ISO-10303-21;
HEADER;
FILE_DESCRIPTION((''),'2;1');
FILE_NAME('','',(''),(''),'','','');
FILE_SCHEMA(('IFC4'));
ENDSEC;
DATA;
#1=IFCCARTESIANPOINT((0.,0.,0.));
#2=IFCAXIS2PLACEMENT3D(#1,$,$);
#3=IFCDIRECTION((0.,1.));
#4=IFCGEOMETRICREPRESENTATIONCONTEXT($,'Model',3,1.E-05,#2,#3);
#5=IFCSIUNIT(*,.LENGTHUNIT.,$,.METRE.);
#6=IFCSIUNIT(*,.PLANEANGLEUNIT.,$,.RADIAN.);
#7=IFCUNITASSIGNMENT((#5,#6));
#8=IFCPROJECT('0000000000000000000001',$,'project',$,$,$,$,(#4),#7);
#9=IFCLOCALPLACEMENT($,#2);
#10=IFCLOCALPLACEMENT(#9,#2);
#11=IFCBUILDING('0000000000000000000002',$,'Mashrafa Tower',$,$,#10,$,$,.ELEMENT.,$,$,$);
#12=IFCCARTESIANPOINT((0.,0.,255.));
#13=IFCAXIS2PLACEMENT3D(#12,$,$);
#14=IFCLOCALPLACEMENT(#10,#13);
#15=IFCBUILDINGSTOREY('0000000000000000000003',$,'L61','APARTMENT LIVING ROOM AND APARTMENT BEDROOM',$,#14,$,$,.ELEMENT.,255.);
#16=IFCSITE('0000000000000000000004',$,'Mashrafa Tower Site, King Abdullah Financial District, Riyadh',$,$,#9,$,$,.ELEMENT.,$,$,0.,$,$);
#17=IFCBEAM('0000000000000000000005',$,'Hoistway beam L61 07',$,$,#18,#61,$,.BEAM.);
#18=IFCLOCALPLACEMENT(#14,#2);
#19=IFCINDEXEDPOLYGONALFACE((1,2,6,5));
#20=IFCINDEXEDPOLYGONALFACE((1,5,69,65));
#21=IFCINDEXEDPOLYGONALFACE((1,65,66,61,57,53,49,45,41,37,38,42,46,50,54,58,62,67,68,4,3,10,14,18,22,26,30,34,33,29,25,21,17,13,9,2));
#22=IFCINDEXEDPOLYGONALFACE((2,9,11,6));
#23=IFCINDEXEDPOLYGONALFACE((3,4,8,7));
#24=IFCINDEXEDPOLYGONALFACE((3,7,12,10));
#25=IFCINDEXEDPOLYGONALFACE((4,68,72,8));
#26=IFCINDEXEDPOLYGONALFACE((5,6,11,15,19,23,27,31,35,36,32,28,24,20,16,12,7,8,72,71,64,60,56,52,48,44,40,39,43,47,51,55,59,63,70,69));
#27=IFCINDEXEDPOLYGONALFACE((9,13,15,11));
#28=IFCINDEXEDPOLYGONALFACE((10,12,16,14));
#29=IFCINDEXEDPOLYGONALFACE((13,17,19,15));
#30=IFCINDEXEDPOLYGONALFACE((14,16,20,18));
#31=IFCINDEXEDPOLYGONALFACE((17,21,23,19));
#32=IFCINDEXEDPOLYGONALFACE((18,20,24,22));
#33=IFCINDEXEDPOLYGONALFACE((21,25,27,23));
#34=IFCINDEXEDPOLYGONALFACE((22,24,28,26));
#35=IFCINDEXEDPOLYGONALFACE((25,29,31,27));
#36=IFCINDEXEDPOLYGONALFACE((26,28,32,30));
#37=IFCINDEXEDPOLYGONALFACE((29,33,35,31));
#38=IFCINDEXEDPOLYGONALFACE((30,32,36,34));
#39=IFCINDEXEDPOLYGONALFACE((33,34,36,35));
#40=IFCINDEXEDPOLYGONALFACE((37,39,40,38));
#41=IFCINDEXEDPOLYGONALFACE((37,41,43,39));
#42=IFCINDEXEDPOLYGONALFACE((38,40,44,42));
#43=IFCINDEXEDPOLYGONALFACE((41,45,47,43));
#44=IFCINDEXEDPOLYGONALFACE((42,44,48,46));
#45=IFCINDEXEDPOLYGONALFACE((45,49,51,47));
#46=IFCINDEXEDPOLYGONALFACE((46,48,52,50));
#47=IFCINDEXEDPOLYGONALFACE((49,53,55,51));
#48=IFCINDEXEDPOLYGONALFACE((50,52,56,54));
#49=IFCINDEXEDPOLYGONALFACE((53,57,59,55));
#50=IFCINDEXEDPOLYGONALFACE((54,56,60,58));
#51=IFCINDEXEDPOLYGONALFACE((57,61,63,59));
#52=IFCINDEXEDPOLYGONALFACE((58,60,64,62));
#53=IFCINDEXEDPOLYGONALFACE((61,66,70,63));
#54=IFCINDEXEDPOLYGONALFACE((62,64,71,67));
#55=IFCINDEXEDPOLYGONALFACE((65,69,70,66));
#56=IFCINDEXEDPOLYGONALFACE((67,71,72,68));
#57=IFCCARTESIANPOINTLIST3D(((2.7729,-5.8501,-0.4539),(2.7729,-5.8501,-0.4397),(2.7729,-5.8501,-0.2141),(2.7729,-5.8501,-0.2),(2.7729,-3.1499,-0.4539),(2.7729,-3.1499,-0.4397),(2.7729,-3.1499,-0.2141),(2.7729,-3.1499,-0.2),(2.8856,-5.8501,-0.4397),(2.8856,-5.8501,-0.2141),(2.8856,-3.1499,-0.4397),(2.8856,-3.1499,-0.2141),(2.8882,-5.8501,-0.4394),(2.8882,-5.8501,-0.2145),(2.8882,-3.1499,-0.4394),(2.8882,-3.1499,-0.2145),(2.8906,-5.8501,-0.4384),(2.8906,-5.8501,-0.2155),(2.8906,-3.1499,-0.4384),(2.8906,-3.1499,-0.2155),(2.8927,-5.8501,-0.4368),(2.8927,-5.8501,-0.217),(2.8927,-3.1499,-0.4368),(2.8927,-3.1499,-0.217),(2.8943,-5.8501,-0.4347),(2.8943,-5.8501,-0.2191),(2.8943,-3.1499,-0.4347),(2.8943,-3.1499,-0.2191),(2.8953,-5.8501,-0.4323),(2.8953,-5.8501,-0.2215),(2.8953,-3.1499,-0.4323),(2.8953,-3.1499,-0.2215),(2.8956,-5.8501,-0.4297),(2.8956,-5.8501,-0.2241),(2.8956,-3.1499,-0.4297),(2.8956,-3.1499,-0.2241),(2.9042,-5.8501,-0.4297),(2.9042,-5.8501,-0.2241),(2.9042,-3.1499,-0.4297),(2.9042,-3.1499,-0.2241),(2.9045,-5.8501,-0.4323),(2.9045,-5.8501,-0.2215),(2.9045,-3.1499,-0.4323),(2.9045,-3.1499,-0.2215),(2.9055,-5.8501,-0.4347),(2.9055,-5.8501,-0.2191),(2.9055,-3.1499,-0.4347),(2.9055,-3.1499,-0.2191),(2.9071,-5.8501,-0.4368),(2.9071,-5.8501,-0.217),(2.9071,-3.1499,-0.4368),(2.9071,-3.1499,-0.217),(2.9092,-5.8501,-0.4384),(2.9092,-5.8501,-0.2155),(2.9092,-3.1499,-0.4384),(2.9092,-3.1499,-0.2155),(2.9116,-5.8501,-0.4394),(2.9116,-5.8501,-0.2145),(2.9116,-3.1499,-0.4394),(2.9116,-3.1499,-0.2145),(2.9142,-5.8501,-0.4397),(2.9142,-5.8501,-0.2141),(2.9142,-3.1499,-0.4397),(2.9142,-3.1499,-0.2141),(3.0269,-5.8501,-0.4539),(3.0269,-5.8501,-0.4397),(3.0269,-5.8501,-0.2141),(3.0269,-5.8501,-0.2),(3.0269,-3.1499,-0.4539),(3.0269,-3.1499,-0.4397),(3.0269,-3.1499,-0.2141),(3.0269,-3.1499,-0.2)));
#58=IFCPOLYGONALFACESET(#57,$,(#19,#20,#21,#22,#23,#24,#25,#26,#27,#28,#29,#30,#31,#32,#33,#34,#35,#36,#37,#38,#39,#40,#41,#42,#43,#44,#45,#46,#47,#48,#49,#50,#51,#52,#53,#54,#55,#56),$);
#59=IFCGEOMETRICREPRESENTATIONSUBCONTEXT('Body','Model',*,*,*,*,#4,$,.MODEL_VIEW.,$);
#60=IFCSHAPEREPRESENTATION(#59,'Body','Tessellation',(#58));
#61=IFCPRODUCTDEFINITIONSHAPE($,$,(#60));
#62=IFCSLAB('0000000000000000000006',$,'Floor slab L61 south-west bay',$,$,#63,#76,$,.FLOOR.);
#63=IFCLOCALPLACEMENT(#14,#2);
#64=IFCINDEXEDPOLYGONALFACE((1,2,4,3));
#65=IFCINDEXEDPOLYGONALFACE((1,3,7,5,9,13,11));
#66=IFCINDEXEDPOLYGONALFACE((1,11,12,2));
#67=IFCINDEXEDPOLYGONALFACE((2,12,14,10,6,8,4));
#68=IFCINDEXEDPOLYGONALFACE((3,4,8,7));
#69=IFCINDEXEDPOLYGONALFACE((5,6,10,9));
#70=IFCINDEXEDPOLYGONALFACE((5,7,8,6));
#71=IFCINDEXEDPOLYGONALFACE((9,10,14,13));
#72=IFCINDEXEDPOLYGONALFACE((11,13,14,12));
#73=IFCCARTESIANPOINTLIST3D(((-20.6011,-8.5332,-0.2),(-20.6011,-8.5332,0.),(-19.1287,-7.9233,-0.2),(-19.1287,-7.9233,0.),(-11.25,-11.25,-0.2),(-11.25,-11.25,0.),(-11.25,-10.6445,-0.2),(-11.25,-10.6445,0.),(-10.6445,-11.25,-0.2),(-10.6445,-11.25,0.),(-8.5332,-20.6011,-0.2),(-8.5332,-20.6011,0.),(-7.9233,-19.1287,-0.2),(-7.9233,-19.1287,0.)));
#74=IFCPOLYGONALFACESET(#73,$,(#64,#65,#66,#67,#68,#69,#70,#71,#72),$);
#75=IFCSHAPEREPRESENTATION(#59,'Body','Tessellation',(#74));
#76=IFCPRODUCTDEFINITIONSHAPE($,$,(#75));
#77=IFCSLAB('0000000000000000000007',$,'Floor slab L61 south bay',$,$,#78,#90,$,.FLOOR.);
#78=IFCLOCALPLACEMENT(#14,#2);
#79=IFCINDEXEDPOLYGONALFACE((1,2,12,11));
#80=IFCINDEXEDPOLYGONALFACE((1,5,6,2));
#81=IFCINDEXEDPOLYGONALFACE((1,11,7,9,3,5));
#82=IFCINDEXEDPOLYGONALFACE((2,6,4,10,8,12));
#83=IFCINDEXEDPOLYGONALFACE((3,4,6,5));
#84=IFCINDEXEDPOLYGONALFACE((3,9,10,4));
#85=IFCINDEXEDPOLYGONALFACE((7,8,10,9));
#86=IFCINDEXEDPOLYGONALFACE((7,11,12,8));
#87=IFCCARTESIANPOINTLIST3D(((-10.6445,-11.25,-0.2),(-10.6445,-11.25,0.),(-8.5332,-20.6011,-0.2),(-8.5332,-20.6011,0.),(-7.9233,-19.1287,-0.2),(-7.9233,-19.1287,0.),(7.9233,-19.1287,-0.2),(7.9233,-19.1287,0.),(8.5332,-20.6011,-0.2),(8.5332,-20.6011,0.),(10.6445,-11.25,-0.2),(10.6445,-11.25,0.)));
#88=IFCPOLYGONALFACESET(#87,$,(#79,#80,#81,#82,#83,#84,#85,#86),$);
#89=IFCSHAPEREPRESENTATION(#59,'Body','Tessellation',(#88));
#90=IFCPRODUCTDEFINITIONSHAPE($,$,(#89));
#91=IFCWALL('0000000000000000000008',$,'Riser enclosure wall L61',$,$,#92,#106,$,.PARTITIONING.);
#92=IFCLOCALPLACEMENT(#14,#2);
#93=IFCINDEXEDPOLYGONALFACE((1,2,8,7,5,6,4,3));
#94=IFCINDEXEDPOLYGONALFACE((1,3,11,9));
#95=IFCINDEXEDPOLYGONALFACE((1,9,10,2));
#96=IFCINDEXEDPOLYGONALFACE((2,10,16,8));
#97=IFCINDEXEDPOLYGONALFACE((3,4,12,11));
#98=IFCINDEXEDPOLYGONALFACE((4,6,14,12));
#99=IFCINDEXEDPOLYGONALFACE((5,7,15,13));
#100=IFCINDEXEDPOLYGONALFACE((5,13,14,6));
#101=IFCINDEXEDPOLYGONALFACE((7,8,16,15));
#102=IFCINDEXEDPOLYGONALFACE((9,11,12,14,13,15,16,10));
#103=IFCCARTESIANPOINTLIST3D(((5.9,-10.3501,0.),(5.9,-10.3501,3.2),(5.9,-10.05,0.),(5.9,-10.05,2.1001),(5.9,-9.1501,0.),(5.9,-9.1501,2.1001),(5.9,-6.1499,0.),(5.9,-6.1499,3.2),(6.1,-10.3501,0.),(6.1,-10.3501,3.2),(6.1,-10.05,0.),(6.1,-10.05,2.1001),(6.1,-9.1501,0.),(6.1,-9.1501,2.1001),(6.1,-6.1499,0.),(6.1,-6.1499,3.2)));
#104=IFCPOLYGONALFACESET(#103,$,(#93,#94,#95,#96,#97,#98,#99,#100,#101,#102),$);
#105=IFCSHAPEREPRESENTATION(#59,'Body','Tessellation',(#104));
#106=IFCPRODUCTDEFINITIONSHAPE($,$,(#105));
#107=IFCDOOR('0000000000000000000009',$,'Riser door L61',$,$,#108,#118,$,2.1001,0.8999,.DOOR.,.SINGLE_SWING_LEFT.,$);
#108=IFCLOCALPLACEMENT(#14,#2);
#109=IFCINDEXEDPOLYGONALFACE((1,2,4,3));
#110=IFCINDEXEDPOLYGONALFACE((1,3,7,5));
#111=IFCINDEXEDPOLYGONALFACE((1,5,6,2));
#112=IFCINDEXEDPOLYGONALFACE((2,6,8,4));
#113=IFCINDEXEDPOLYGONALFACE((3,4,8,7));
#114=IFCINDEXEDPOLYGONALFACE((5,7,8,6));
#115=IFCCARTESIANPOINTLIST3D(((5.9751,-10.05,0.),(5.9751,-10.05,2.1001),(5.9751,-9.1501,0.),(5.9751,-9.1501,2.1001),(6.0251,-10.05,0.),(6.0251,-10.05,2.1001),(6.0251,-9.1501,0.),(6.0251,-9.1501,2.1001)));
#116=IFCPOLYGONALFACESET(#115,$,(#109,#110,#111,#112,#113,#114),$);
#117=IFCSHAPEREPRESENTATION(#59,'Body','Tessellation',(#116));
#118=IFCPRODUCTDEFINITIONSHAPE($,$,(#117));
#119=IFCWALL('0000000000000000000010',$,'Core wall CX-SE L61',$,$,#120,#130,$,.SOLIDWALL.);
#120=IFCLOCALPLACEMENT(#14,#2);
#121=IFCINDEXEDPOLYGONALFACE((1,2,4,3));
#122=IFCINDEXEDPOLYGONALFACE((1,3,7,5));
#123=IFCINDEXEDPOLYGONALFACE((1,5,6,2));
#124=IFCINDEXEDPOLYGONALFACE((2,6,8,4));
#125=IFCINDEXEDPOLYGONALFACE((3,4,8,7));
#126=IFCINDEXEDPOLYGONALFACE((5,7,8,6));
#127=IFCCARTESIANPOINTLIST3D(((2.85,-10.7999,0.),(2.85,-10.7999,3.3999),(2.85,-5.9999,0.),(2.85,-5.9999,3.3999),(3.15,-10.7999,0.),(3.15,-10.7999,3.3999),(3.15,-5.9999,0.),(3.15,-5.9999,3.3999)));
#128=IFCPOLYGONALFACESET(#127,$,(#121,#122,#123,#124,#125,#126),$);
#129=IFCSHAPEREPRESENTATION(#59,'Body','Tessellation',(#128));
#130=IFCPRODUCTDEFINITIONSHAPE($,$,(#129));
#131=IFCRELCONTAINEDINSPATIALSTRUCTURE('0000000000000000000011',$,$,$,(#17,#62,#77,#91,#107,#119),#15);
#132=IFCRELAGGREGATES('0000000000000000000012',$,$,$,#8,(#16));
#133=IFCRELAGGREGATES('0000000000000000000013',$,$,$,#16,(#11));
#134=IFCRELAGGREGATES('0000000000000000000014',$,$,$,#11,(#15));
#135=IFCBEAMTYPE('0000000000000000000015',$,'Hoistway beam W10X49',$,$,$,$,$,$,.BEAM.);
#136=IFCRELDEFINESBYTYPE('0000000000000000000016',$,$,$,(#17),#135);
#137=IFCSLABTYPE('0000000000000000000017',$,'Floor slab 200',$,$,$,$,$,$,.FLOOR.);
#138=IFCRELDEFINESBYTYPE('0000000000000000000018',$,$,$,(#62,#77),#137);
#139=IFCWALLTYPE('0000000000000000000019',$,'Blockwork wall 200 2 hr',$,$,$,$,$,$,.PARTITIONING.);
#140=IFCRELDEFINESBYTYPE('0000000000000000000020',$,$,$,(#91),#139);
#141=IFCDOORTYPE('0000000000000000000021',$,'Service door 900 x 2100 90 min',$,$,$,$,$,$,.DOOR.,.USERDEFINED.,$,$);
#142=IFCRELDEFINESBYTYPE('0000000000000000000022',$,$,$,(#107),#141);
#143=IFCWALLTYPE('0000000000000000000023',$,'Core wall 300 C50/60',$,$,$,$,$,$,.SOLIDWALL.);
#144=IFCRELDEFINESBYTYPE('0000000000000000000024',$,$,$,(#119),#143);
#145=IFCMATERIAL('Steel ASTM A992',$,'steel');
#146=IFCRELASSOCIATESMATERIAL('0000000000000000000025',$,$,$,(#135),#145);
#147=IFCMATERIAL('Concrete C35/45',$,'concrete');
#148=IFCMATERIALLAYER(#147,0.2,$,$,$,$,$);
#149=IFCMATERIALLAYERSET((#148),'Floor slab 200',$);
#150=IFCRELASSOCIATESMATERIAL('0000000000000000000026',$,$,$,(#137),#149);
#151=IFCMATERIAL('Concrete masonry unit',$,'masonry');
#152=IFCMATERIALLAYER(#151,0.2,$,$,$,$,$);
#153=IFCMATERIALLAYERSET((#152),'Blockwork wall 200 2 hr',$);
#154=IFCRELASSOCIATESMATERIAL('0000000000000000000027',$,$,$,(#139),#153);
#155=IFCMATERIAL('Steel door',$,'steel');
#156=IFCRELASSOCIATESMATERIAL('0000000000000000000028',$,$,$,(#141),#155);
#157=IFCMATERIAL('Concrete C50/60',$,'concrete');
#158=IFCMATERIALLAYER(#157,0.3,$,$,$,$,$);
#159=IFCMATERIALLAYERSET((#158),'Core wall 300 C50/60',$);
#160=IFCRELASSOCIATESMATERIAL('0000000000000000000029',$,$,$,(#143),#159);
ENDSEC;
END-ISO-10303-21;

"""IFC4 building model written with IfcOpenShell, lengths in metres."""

from ifc_helpers import new_model, si_unit, direction, frame, frame_2d, origin, origin_2d, place, context, subcontext, project, spatial, polyline, rectangle, i_section, outline, extrude, material, layer, layer_set, material_profile, profile_set, type_object, element, fill, save


model = new_model("IFC4")

# Units and contexts
model_context = context("Model", 3, precision=1e-05, world=origin(), true_north=direction((0.0, 1.0)))
body_context = subcontext(model_context, "Body", "Model", "MODEL_VIEW")
ifc_project = project(units=[si_unit("LENGTHUNIT", "METRE"), si_unit("PLANEANGLEUNIT", "RADIAN")], contexts=[model_context])

# Site, building, storey
site_placement = place(None, origin())
site = spatial("IfcSite", under=ifc_project, at=site_placement, Name="Mashrafa Tower Site, King Abdullah Financial District, Riyadh", CompositionType="ELEMENT", RefElevation=0.0)
building_placement = place(site_placement, origin())
building = spatial("IfcBuilding", under=site, at=building_placement, Name="Mashrafa Tower", CompositionType="ELEMENT")
storey_placement = place(building_placement, frame((0.0, 0.0, 255.0)))
storey = spatial("IfcBuildingStorey", under=building, at=storey_placement, Name="L61", Description="APARTMENT LIVING ROOM AND APARTMENT BEDROOM", CompositionType="ELEMENT", Elevation=255.0)

# Beam
ifc_material_1 = material(Name="Steel ASTM A992", Category="steel")
ifc_material_profile_1 = material_profile(ifc_material_1, i_section(OverallWidth=0.2539, OverallDepth=0.2539, WebThickness=0.0085, FlangeThickness=0.0142, FilletRadius=0.01, at=origin_2d()), Name="W10X49")
ifc_profile_set_1 = profile_set([ifc_material_profile_1], Name="Steel ASTM A992")
beam_type_1 = type_object("IfcBeamType", Name="Hoistway beam W10X49", PredefinedType="BEAM", material=ifc_profile_set_1)
beam_1_placement = place(storey_placement, frame((2.8999, -5.8501, -0.3269), z_axis=(0.0, 1.0, 0.0), x_axis=(-1.0, 0.0, 0.0)))
element("IfcBeam", 1, at=beam_1_placement, inside=storey, type_object=beam_type_1, Name="Hoistway beam L61 07", PredefinedType="BEAM", context=body_context, shape_type="SweptSolid", body=[
    extrude(i_section(OverallWidth=0.2539, OverallDepth=0.2539, WebThickness=0.0085, FlangeThickness=0.0142, FilletRadius=0.01, at=origin_2d()), origin(), (0.0, 0.0, 1.0), 2.7002),
])

# Slabs
ifc_material_2 = material(Name="Concrete C35/45", Category="concrete")
ifc_layer_1 = layer(ifc_material_2, 0.2)
ifc_layer_set_1 = layer_set([ifc_layer_1], Name="Floor slab 200")
slab_type = type_object("IfcSlabType", Name="Floor slab 200", PredefinedType="FLOOR", material=ifc_layer_set_1)
slab_1_placement = place(storey_placement, frame((0.0, 0.0, -0.2)))
element("IfcSlab", 2, at=slab_1_placement, inside=storey, type_object=slab_type, Name="Floor slab L61 south-west bay", PredefinedType="FLOOR", context=body_context, shape_type="SweptSolid", body=[
    extrude(outline(polyline([(-8.5332, -20.6011), (-20.6011, -8.5332), (-20.6011, -8.5332), (-19.1287, -7.9233), (-11.25, -10.6445), (-11.25, -11.25), (-10.6445, -11.25), (-7.9233, -19.1287), (-8.5332, -20.6011), (-8.5332, -20.6011)])), origin(), (0.0, 0.0, 1.0), 0.2),
])
slab_2_placement = place(storey_placement, frame((0.0, 0.0, -0.2)))
element("IfcSlab", 3, at=slab_2_placement, inside=storey, type_object=slab_type, Name="Floor slab L61 south bay", PredefinedType="FLOOR", context=body_context, shape_type="SweptSolid", body=[
    extrude(outline(polyline([(-8.5332, -20.6011), (-7.9233, -19.1287), (-10.6445, -11.25), (10.6445, -11.25), (7.9233, -19.1287), (8.5332, -20.6011), (-8.5332, -20.6011)])), origin(), (0.0, 0.0, 1.0), 0.2),
])

# Wall, opening, door
ifc_material_3 = material(Name="Concrete masonry unit", Category="masonry")
ifc_layer_2 = layer(ifc_material_3, 0.2)
ifc_layer_set_2 = layer_set([ifc_layer_2], Name="Blockwork wall 200 2 hr")
wall_type_1 = type_object("IfcWallType", Name="Blockwork wall 200 2 hr", PredefinedType="PARTITIONING", material=ifc_layer_set_2)
wall_1_placement = place(storey_placement, frame((6.0, -10.3501, 0.0), z_axis=(0.0, 0.0, 1.0), x_axis=(0.0, 1.0, 0.0)))
wall_1 = element("IfcWall", 4, at=wall_1_placement, inside=storey, type_object=wall_type_1, Name="Riser enclosure wall L61", PredefinedType="PARTITIONING", context=body_context, shape_type="SweptSolid", body=[
    extrude(rectangle(XDim=4.2002, YDim=0.2, at=frame_2d((2.1001, 0.0))), origin(), (0.0, 0.0, 1.0), 3.2),
])
opening_1_placement = place(wall_1_placement, frame((0.3, 0.0, 0.0)))
opening_1 = element("IfcOpeningElement", 5, at=opening_1_placement, cuts=wall_1, PredefinedType="OPENING", context=body_context, shape_type="SweptSolid", body=[
    extrude(rectangle(XDim=0.8999, YDim=2.1001, at=frame_2d((0.45, 1.05))), frame((0.0, 0.1099, 0.0), z_axis=(0.0, -1.0, 0.0), x_axis=(1.0, 0.0, 0.0)), (0.0, 0.0, 1.0), 0.22),
])
ifc_material_4 = material(Name="Steel door", Category="steel")
door_type_1 = type_object("IfcDoorType", Name="Service door 900 x 2100 90 min", OperationType="USERDEFINED", PredefinedType="DOOR", material=ifc_material_4)
door_1_placement = place(opening_1_placement, origin())
door_1 = element("IfcDoor", 6, at=door_1_placement, inside=storey, type_object=door_type_1, Name="Riser door L61", OperationType="SINGLE_SWING_LEFT", OverallHeight=2.1001, OverallWidth=0.8999, PredefinedType="DOOR", context=body_context, shape_type="SweptSolid", body=[
    extrude(rectangle(XDim=0.8999, YDim=2.1001, at=frame_2d((0.45, 1.05))), frame((0.0, 0.0249, 0.0), z_axis=(0.0, -1.0, 0.0), x_axis=(1.0, 0.0, 0.0)), (0.0, 0.0, 1.0), 0.05),
])
fill(opening_1, door_1)

# Wall
ifc_material_5 = material(Name="Concrete C50/60", Category="concrete")
ifc_layer_3 = layer(ifc_material_5, 0.3)
ifc_layer_set_3 = layer_set([ifc_layer_3], Name="Core wall 300 C50/60")
wall_type_2 = type_object("IfcWallType", Name="Core wall 300 C50/60", PredefinedType="SOLIDWALL", material=ifc_layer_set_3)
wall_2_placement = place(storey_placement, frame((3.0, -6.0, 0.0), z_axis=(0.0, 0.0, 1.0), x_axis=(0.0, -1.0, 0.0)))
element("IfcWall", 7, at=wall_2_placement, inside=storey, type_object=wall_type_2, Name="Core wall CX-SE L61", PredefinedType="SOLIDWALL", context=body_context, shape_type="SweptSolid", body=[
    extrude(rectangle(XDim=4.8, YDim=0.3, at=frame_2d((2.3999, 0.0))), origin(), (0.0, 0.0, 1.0), 3.3999),
])

save(model, "model.ifc")
